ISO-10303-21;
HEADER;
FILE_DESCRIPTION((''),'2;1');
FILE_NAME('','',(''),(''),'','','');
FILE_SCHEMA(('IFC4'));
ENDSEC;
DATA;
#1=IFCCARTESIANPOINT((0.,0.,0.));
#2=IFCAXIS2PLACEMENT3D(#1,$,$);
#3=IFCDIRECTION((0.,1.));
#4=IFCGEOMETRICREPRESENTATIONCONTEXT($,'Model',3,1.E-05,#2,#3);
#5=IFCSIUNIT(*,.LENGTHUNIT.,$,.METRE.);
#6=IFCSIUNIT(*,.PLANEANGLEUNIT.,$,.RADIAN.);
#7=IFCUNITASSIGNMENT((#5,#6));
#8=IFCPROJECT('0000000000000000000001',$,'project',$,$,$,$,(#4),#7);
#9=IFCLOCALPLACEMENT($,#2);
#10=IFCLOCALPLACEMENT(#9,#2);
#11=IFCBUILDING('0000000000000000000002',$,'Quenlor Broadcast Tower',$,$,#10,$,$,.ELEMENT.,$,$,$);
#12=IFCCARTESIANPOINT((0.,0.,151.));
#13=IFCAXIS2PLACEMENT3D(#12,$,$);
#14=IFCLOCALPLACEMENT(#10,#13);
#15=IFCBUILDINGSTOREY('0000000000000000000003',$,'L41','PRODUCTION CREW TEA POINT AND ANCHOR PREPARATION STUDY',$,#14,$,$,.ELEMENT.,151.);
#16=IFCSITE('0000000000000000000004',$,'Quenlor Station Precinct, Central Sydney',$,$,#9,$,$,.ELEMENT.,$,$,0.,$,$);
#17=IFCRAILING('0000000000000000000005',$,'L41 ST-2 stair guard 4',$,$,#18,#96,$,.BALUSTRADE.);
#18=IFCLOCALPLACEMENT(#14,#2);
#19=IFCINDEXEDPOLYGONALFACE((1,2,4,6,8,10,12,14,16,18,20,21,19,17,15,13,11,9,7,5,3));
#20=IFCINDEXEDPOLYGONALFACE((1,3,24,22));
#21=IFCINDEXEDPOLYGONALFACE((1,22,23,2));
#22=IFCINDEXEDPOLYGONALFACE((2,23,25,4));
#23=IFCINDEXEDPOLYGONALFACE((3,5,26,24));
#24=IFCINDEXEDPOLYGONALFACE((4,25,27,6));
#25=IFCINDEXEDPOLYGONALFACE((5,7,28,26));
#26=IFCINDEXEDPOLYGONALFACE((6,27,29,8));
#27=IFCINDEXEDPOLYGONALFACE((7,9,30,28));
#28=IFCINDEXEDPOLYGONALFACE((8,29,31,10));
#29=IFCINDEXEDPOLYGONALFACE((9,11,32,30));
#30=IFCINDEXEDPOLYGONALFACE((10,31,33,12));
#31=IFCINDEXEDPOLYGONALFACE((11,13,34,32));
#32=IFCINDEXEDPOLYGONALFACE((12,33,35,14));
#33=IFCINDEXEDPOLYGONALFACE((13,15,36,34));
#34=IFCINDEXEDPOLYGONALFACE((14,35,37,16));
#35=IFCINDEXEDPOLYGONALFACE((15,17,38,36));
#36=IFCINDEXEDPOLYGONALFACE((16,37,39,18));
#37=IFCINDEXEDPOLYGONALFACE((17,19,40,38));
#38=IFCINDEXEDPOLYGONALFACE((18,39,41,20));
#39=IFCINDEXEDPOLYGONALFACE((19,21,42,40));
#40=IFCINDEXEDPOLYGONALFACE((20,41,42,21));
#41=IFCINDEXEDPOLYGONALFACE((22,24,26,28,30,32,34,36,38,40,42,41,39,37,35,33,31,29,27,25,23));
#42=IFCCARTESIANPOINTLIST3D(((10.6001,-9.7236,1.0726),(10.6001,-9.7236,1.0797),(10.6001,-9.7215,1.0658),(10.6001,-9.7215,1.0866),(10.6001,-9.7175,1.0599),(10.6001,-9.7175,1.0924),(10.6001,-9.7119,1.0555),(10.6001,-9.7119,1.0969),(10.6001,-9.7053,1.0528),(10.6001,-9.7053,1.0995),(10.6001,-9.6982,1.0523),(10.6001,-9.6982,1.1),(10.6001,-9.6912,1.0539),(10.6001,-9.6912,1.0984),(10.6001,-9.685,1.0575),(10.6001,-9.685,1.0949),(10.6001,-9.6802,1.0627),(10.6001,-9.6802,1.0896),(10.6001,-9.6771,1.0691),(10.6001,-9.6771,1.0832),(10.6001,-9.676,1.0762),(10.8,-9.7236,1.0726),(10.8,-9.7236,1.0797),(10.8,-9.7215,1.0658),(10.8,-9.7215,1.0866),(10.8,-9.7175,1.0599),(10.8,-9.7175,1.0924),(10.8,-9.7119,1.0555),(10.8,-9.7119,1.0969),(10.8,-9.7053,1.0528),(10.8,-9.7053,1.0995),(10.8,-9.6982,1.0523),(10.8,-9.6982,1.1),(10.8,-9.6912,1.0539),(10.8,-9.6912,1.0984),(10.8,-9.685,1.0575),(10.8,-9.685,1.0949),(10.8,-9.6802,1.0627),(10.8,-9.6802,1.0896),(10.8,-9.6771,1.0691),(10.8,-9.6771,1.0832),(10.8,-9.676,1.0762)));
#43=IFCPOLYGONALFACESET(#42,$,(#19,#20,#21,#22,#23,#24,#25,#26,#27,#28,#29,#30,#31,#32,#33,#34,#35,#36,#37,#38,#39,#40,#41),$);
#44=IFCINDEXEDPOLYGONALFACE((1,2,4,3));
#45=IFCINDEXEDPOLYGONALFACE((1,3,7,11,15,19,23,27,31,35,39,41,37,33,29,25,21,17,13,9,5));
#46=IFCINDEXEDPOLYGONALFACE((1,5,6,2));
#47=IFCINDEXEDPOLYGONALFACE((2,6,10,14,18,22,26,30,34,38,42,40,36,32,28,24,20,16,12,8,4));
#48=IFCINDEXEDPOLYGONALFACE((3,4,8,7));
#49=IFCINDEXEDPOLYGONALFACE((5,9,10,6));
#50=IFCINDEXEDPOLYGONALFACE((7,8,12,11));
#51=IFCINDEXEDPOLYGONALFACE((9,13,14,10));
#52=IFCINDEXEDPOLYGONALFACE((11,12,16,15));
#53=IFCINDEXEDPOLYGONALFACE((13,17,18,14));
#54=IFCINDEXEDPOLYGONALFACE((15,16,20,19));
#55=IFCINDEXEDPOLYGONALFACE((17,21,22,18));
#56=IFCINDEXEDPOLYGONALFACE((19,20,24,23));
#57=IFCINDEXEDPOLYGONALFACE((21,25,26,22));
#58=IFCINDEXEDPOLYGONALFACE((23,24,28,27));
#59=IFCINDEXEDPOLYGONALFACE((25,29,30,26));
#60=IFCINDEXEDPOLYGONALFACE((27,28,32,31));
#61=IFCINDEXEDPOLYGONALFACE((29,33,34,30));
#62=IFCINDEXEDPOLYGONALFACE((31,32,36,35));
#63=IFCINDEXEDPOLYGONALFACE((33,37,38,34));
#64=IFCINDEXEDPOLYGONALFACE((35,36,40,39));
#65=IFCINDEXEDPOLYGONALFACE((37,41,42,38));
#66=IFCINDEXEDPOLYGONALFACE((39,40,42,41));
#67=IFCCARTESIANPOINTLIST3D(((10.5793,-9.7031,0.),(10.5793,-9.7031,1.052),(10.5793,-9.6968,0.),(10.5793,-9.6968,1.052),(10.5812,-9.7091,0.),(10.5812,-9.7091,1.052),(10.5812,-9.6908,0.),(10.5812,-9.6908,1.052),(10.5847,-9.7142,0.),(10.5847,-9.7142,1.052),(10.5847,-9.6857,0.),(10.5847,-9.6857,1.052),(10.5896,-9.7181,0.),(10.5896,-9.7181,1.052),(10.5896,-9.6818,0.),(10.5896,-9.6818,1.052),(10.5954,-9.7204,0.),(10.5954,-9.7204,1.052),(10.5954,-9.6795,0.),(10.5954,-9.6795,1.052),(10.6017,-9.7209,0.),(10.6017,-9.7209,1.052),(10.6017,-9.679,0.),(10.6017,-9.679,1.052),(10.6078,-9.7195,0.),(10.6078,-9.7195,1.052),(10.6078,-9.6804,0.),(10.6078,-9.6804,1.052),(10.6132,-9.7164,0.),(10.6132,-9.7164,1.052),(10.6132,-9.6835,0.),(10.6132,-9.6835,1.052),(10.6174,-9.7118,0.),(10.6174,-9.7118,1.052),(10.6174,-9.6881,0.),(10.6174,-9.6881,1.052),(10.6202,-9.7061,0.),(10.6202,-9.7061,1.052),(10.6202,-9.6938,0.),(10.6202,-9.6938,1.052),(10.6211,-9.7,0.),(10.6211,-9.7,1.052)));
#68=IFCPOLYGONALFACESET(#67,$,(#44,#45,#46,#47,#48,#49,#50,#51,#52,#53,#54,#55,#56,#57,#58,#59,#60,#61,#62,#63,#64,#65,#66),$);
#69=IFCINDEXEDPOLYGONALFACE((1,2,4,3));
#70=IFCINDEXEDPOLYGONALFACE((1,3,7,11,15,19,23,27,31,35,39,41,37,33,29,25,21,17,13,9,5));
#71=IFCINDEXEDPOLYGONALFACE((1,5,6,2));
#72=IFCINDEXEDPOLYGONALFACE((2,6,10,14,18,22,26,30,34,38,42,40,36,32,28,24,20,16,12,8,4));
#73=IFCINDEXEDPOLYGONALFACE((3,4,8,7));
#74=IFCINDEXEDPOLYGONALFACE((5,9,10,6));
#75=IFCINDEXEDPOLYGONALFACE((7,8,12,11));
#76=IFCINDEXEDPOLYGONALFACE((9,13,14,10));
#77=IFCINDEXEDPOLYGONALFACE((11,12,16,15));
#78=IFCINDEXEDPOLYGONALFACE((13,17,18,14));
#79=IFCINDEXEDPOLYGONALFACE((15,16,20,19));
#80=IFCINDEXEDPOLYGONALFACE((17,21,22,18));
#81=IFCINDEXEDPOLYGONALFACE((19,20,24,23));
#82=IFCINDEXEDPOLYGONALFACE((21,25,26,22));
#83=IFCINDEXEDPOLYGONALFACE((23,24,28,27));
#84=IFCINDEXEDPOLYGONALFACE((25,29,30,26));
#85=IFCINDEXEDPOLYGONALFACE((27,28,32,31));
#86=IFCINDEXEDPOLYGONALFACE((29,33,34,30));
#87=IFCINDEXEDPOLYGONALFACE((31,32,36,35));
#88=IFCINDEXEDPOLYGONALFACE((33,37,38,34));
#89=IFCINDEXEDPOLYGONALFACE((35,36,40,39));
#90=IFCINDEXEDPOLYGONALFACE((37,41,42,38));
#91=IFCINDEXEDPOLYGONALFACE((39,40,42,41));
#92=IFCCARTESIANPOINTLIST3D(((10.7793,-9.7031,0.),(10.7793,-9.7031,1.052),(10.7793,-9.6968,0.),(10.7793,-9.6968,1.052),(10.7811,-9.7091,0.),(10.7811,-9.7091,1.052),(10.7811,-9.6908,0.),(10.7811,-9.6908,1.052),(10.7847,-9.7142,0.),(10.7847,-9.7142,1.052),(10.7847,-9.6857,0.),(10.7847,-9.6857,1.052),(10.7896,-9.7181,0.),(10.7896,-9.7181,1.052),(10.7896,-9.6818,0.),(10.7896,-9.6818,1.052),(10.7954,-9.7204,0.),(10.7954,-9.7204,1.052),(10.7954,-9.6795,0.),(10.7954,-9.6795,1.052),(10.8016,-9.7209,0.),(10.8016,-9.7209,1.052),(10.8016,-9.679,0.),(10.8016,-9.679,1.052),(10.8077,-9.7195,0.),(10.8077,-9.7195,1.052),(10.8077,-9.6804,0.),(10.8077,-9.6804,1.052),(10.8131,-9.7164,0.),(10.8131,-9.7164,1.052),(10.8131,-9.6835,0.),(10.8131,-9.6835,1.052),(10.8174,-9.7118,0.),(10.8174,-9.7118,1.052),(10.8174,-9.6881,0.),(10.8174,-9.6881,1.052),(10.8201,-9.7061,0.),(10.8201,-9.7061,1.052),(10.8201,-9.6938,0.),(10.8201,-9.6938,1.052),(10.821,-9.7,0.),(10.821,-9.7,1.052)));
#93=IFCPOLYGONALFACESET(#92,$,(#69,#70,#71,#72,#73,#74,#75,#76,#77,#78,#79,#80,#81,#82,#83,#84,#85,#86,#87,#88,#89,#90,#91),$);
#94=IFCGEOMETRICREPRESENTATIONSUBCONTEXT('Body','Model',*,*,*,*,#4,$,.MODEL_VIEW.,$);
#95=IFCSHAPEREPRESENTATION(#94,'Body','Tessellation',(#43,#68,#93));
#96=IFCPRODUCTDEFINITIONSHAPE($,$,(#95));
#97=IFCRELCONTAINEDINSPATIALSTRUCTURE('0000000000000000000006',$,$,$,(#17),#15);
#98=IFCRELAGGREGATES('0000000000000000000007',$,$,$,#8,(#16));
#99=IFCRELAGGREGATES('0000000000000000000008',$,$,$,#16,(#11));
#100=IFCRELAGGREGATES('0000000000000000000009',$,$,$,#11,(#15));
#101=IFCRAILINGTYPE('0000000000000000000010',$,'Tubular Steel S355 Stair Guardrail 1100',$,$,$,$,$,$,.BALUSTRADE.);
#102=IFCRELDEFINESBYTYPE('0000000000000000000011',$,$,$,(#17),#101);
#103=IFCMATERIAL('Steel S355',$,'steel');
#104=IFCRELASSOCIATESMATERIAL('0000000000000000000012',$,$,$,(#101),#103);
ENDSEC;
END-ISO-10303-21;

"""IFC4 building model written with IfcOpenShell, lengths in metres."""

from ifc_helpers import new_model, si_unit, direction, frame, origin, origin_2d, place, context, subcontext, project, spatial, circle, extrude, material, type_object, element, save


model = new_model("IFC4")

# Units and contexts
model_context = context("Model", 3, precision=1e-05, world=origin(), true_north=direction((0.0, 1.0)))
body_context = subcontext(model_context, "Body", "Model", "MODEL_VIEW")
ifc_project = project(units=[si_unit("LENGTHUNIT", "METRE"), si_unit("PLANEANGLEUNIT", "RADIAN")], contexts=[model_context])

# Site, building, storey
site_placement = place(None, origin())
site = spatial("IfcSite", under=ifc_project, at=site_placement, Name="Quenlor Station Precinct, Central Sydney", CompositionType="ELEMENT", RefElevation=0.0)
building_placement = place(site_placement, origin())
building = spatial("IfcBuilding", under=site, at=building_placement, Name="Quenlor Broadcast Tower", CompositionType="ELEMENT")
storey_placement = place(building_placement, frame((0.0, 0.0, 151.0)))
storey = spatial("IfcBuildingStorey", under=building, at=storey_placement, Name="L41", Description="PRODUCTION CREW TEA POINT AND ANCHOR PREPARATION STUDY", CompositionType="ELEMENT", Elevation=151.0)

# Railing
ifc_material_1 = material(Name="Steel S355", Category="steel")
railing_type_1 = type_object("IfcRailingType", Name="Tubular Steel S355 Stair Guardrail 1100", PredefinedType="BALUSTRADE", material=ifc_material_1)
railing_1_placement = place(storey_placement, frame((10.6001, -9.7, 0.0)))
element("IfcRailing", 1, at=railing_1_placement, inside=storey, type_object=railing_type_1, Name="L41 ST-2 stair guard 4", PredefinedType="BALUSTRADE", context=body_context, shape_type="SweptSolid", body=[
    extrude(circle(Radius=0.0239, at=origin_2d()), frame((0.0, 0.0, 1.0762), z_axis=(1.0, 0.0, 0.0), x_axis=(0.0, 1.0, 0.0)), (0.0, 0.0, 1.0), 0.2),
    extrude(circle(Radius=0.021, at=origin_2d()), origin(), (0.0, 0.0, 1.0), 1.052),
    extrude(circle(Radius=0.021, at=origin_2d()), frame((0.2, 0.0, 0.0)), (0.0, 0.0, 1.0), 1.052),
])

save(model, "model.ifc")
